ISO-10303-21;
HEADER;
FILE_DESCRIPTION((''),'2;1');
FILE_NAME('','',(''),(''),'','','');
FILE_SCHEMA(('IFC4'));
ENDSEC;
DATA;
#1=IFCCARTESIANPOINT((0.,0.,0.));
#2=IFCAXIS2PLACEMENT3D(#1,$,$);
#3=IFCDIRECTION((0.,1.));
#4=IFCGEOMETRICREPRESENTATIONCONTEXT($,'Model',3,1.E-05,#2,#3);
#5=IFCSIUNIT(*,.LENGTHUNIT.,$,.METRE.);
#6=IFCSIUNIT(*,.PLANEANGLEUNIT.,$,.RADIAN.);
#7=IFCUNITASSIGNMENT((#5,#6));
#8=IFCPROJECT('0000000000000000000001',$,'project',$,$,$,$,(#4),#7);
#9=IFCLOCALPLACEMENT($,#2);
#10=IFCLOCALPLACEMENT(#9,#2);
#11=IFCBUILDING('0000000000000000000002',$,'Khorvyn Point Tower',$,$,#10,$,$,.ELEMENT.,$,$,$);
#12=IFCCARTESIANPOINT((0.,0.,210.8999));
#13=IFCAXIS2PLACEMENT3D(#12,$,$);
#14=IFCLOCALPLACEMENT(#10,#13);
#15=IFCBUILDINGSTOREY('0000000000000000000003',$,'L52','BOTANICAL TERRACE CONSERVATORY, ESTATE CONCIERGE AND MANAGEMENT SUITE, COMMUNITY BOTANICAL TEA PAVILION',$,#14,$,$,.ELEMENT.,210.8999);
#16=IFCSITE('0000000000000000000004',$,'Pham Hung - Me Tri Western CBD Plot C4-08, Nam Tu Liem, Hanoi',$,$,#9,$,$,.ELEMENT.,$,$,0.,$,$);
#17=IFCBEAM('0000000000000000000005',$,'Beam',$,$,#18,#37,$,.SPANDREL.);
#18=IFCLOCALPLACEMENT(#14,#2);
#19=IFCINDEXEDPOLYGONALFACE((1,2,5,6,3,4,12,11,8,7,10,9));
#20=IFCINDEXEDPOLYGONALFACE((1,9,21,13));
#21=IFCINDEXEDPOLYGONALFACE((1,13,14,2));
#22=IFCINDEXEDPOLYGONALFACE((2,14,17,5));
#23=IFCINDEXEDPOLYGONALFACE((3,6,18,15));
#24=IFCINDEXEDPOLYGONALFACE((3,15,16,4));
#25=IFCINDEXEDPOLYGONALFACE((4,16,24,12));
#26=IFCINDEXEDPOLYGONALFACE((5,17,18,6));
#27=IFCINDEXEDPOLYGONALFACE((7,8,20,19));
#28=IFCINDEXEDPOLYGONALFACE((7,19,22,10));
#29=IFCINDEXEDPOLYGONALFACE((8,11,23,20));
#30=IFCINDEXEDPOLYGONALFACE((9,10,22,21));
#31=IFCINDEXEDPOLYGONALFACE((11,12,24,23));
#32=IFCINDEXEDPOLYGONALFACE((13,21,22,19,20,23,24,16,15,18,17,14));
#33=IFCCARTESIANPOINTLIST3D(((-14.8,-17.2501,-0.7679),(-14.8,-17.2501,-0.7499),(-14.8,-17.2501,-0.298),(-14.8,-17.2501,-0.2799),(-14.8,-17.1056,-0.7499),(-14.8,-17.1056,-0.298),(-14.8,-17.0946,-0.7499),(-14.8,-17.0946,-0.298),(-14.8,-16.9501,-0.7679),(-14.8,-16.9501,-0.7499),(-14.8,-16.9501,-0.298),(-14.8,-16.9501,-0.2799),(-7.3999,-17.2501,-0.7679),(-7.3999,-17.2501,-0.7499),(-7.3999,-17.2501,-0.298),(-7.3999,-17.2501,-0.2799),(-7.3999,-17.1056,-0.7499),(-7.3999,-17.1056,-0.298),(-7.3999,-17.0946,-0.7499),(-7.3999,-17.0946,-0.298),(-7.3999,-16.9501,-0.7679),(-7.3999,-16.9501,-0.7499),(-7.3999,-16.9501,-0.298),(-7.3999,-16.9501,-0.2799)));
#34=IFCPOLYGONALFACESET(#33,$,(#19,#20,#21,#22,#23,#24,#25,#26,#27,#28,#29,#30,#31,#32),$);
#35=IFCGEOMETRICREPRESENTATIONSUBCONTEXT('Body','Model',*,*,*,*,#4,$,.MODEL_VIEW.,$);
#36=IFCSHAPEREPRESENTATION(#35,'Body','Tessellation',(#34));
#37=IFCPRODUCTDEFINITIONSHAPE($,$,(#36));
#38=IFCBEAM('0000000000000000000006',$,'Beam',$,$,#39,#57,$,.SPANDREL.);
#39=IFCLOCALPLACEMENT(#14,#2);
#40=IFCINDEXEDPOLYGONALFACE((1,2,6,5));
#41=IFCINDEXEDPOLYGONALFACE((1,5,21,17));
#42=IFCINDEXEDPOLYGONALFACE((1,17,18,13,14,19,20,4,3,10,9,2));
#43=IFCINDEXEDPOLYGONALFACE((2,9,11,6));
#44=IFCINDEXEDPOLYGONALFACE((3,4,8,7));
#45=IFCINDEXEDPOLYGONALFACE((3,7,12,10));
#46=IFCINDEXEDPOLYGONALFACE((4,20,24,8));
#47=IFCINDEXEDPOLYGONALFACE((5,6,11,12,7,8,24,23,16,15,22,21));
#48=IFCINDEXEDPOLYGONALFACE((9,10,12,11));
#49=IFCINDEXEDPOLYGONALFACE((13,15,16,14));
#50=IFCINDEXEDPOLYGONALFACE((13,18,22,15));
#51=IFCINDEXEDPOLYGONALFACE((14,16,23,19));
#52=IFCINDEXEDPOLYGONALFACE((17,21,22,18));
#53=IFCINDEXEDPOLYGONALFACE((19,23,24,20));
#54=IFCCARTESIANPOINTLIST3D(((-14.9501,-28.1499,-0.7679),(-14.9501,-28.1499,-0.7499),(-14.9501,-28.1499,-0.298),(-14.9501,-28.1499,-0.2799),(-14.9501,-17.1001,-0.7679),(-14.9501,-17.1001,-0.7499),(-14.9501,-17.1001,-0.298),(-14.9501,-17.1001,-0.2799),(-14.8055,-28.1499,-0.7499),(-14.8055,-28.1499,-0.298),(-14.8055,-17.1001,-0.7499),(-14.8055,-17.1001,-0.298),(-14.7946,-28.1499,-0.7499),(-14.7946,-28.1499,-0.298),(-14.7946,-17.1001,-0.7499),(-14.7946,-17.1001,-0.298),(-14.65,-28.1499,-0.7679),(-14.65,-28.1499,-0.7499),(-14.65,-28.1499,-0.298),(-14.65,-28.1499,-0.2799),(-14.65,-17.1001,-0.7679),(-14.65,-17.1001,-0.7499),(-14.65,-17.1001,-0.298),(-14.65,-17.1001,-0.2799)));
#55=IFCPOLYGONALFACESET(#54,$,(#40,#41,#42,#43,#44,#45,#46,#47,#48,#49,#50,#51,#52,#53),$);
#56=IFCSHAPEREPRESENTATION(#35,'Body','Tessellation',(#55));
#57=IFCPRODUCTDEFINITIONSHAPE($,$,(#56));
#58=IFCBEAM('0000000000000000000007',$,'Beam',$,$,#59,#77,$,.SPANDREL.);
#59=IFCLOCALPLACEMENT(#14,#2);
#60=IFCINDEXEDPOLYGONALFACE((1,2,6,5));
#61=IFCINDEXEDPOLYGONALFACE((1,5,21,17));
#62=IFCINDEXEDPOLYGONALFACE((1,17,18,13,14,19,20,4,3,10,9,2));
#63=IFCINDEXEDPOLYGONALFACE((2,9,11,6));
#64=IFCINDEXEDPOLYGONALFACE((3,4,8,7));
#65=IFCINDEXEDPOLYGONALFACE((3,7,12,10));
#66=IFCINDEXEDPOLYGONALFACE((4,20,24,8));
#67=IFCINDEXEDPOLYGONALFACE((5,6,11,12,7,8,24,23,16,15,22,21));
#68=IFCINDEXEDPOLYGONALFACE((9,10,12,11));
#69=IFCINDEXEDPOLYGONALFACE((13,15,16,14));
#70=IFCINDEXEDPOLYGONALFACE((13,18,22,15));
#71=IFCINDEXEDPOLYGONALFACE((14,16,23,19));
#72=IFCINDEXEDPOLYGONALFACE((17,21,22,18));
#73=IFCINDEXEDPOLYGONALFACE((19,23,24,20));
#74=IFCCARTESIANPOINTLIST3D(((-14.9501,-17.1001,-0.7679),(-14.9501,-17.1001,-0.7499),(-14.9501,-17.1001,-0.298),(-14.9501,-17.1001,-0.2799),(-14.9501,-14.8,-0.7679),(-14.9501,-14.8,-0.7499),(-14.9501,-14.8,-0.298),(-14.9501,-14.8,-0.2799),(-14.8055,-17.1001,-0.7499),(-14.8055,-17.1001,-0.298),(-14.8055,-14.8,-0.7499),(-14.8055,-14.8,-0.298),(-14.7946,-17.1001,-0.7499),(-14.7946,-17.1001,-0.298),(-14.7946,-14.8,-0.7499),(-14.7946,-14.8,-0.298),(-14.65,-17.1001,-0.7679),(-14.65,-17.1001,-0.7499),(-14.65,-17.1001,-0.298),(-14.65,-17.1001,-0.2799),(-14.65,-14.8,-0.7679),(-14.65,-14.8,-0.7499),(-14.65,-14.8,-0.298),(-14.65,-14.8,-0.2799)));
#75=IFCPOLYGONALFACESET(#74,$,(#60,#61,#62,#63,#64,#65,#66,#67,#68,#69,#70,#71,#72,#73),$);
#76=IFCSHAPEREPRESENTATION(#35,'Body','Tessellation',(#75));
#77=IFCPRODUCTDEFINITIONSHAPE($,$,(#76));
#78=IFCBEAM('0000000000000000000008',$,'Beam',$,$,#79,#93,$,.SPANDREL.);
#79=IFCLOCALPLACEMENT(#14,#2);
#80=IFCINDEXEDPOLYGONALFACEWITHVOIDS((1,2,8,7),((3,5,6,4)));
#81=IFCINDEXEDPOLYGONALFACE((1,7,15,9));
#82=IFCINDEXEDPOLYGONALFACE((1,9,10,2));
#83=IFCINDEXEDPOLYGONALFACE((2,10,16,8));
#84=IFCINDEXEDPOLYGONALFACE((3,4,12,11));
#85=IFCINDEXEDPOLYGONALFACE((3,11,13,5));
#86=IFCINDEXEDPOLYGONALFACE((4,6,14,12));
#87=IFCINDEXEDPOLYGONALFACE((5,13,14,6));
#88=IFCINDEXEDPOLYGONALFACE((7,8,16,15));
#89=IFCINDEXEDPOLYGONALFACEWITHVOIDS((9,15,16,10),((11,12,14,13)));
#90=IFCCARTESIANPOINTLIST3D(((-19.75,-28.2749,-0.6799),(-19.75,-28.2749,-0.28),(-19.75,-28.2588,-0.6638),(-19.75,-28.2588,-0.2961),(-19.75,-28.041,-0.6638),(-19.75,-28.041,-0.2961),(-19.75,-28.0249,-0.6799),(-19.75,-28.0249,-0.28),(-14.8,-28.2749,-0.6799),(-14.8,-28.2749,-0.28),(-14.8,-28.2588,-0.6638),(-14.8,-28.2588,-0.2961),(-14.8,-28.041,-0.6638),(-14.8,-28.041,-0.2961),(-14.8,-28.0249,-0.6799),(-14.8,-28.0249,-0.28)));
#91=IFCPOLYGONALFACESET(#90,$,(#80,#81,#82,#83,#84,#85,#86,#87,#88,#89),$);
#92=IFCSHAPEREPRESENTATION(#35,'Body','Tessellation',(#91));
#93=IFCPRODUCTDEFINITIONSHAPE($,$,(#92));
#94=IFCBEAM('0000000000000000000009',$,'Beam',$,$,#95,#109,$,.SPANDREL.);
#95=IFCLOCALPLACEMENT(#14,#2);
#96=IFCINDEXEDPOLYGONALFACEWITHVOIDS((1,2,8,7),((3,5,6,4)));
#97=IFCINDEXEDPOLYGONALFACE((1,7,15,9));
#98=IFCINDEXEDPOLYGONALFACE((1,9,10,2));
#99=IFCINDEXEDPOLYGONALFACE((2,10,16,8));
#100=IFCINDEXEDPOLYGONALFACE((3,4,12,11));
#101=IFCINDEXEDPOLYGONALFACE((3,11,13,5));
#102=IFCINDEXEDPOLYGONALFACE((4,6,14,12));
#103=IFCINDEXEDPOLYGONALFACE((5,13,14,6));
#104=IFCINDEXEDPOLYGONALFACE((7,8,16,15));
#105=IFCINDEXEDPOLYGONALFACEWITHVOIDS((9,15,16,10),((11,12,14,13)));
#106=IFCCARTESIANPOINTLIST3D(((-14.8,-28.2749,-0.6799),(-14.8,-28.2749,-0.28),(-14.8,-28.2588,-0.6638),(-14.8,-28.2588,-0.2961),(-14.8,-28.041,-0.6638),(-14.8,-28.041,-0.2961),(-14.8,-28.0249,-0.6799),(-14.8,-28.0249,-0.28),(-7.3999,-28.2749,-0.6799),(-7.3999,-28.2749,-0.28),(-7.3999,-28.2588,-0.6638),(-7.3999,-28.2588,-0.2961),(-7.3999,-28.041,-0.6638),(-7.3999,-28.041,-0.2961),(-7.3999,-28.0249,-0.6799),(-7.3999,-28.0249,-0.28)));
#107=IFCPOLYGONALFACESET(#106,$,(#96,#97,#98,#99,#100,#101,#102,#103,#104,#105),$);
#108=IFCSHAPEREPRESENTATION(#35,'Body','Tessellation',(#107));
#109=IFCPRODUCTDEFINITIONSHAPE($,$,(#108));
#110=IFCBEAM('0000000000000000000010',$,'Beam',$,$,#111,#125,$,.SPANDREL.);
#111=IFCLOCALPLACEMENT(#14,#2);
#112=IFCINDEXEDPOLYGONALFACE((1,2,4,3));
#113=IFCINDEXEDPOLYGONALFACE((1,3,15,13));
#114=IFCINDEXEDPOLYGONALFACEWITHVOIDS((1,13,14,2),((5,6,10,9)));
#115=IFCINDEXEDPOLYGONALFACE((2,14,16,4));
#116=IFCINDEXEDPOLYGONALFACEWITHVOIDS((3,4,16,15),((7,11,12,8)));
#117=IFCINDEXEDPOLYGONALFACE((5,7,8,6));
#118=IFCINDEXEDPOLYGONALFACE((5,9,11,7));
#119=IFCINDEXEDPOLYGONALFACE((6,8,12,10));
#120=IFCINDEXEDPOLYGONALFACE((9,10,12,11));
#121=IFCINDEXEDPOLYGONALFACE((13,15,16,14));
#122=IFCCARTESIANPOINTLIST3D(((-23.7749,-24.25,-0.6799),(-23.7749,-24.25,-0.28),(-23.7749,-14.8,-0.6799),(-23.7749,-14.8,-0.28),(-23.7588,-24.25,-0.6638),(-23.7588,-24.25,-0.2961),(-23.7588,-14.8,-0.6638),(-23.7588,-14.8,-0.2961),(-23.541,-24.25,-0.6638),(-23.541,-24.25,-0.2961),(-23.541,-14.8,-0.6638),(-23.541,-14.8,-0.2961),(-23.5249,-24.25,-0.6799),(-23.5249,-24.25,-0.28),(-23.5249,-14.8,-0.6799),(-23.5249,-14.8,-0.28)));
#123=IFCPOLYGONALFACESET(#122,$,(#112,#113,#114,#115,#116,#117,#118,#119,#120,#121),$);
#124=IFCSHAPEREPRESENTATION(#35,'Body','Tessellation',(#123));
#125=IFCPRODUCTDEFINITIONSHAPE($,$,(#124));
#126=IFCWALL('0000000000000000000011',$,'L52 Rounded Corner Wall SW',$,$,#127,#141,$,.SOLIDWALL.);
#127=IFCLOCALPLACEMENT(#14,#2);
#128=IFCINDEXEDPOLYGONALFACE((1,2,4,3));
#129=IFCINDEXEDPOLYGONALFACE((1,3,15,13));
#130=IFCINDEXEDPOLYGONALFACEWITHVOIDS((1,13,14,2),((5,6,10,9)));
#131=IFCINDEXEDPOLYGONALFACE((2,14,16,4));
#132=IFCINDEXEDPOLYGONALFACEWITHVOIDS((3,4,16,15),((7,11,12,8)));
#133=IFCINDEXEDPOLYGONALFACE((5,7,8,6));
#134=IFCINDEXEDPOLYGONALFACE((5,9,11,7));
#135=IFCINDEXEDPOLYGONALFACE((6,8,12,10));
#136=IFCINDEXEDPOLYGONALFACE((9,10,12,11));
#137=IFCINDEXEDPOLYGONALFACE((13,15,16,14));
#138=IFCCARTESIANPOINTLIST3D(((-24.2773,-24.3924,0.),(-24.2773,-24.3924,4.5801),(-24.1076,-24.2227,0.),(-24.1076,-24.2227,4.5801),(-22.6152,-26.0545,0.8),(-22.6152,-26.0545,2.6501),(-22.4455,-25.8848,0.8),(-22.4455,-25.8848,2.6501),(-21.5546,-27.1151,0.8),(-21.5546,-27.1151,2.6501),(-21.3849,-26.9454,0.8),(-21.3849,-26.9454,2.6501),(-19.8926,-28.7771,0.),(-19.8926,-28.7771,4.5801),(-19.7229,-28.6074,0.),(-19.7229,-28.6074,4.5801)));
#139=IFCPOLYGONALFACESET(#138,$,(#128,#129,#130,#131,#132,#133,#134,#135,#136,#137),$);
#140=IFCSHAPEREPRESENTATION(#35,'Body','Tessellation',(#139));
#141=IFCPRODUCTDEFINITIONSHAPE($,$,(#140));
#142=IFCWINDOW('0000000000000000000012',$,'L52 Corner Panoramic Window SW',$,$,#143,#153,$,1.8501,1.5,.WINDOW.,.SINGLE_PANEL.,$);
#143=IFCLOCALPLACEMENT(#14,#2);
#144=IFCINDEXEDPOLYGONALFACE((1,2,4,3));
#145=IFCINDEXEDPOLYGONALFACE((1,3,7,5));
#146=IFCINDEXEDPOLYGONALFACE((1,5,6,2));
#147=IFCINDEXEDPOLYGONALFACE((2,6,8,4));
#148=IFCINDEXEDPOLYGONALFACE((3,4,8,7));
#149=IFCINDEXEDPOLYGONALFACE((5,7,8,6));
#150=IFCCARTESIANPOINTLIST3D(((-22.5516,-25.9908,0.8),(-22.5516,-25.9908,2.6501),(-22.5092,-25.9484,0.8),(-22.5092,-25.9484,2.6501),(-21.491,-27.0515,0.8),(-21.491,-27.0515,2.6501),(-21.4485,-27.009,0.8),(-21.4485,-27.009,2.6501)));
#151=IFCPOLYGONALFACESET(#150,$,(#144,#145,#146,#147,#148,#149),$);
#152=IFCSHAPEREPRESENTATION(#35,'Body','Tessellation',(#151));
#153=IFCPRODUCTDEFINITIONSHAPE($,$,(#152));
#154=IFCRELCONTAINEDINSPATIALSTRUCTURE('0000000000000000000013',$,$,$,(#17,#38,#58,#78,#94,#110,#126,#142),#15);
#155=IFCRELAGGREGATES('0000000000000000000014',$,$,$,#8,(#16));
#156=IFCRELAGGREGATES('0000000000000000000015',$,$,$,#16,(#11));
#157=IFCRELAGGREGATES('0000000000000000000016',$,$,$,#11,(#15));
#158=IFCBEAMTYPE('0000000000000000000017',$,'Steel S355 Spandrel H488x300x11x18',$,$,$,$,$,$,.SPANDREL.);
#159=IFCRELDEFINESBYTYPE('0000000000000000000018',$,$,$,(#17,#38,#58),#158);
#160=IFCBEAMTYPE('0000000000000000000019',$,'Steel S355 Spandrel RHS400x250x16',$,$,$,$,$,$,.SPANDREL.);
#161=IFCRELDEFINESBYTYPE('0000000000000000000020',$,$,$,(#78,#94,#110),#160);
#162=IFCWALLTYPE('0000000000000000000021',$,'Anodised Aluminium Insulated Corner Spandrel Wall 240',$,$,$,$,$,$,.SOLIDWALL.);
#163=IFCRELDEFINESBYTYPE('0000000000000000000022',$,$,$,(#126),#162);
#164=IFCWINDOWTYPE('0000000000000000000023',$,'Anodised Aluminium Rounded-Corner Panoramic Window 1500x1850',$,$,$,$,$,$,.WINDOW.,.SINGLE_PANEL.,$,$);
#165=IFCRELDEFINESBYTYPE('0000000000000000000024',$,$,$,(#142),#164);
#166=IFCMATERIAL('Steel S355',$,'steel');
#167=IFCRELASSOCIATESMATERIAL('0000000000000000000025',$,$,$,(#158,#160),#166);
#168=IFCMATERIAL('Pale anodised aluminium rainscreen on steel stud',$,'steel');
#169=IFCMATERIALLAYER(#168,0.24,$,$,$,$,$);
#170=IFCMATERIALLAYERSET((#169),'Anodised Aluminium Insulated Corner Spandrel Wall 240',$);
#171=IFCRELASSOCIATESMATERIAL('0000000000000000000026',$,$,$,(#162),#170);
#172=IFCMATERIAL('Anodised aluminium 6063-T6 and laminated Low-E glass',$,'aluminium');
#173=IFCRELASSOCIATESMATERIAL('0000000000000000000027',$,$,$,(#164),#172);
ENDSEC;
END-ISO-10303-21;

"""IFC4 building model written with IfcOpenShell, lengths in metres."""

from ifc_helpers import new_model, si_unit, direction, frame, frame_2d, origin, origin_2d, place, context, subcontext, project, spatial, rectangle, hollow_rectangle, i_section, extrude, material, layer, layer_set, material_profile, profile_set, type_object, element, fill, save


model = new_model("IFC4")

# Units and contexts
model_context = context("Model", 3, precision=1e-05, world=origin(), true_north=direction((0.0, 1.0)))
body_context = subcontext(model_context, "Body", "Model", "MODEL_VIEW")
ifc_project = project(units=[si_unit("LENGTHUNIT", "METRE"), si_unit("PLANEANGLEUNIT", "RADIAN")], contexts=[model_context])

# Site, building, storey
site_placement = place(None, origin())
site = spatial("IfcSite", under=ifc_project, at=site_placement, Name="Pham Hung - Me Tri Western CBD Plot C4-08, Nam Tu Liem, Hanoi", CompositionType="ELEMENT", RefElevation=0.0)
building_placement = place(site_placement, origin())
building = spatial("IfcBuilding", under=site, at=building_placement, Name="Khorvyn Point Tower", CompositionType="ELEMENT")
storey_placement = place(building_placement, frame((0.0, 0.0, 210.8999)))
storey = spatial("IfcBuildingStorey", under=building, at=storey_placement, Name="L52", Description="BOTANICAL TERRACE CONSERVATORY, ESTATE CONCIERGE AND MANAGEMENT SUITE, COMMUNITY BOTANICAL TEA PAVILION", CompositionType="ELEMENT", Elevation=210.8999)

# Shared definitions
ifc_material_1 = material(Name="Anodised aluminium 6063-T6 and laminated Low-E glass", Category="aluminium")

# Beams
ifc_material_2 = material(Name="Steel S355", Category="steel")
ifc_material_profile_1 = material_profile(ifc_material_2, i_section(OverallWidth=0.3, OverallDepth=0.488, WebThickness=0.011, FlangeThickness=0.0181, at=origin_2d()))
ifc_profile_set_1 = profile_set([ifc_material_profile_1], Name="Steel S355 H488x300x11x18")
beam_type_1 = type_object("IfcBeamType", Name="Steel S355 Spandrel H488x300x11x18", PredefinedType="SPANDREL", material=ifc_profile_set_1)
beam_1_placement = place(storey_placement, frame((-14.8, -17.1001, -0.5239), z_axis=(1.0, 0.0, 0.0), x_axis=(0.0, 1.0, 0.0)))
element("IfcBeam", 1, at=beam_1_placement, inside=storey, type_object=beam_type_1, Name="Beam", PredefinedType="SPANDREL", context=body_context, shape_type="SweptSolid", body=[
    extrude(i_section(OverallWidth=0.3, OverallDepth=0.488, WebThickness=0.011, FlangeThickness=0.0181, at=origin_2d()), origin(), (0.0, 0.0, 1.0), 7.4001),
])
beam_2_placement = place(storey_placement, frame((-14.8, -28.1499, -0.5239), z_axis=(0.0, 1.0, 0.0), x_axis=(-1.0, 0.0, 0.0)))
element("IfcBeam", 2, at=beam_2_placement, inside=storey, type_object=beam_type_1, Name="Beam", PredefinedType="SPANDREL", context=body_context, shape_type="SweptSolid", body=[
    extrude(i_section(OverallWidth=0.3, OverallDepth=0.488, WebThickness=0.011, FlangeThickness=0.0181, at=origin_2d()), origin(), (0.0, 0.0, 1.0), 11.0498),
])
beam_3_placement = place(storey_placement, frame((-14.8, -17.1001, -0.5239), z_axis=(0.0, 1.0, 0.0), x_axis=(-1.0, 0.0, 0.0)))
element("IfcBeam", 3, at=beam_3_placement, inside=storey, type_object=beam_type_1, Name="Beam", PredefinedType="SPANDREL", context=body_context, shape_type="SweptSolid", body=[
    extrude(i_section(OverallWidth=0.3, OverallDepth=0.488, WebThickness=0.011, FlangeThickness=0.0181, at=origin_2d()), origin(), (0.0, 0.0, 1.0), 2.3),
])
ifc_material_profile_2 = material_profile(ifc_material_2, hollow_rectangle(XDim=0.25, YDim=0.3999, WallThickness=0.0161, at=origin_2d()))
ifc_profile_set_2 = profile_set([ifc_material_profile_2], Name="Steel S355 RHS400x250x16")
beam_type_2 = type_object("IfcBeamType", Name="Steel S355 Spandrel RHS400x250x16", PredefinedType="SPANDREL", material=ifc_profile_set_2)
beam_4_placement = place(storey_placement, frame((-19.75, -28.1499, -0.48), z_axis=(1.0, 0.0, 0.0), x_axis=(0.0, 1.0, 0.0)))
element("IfcBeam", 4, at=beam_4_placement, inside=storey, type_object=beam_type_2, Name="Beam", PredefinedType="SPANDREL", context=body_context, shape_type="SweptSolid", body=[
    extrude(hollow_rectangle(XDim=0.25, YDim=0.3999, WallThickness=0.0161, at=origin_2d()), origin(), (0.0, 0.0, 1.0), 4.95),
])
beam_5_placement = place(storey_placement, frame((-14.8, -28.1499, -0.48), z_axis=(1.0, 0.0, 0.0), x_axis=(0.0, 1.0, 0.0)))
element("IfcBeam", 5, at=beam_5_placement, inside=storey, type_object=beam_type_2, Name="Beam", PredefinedType="SPANDREL", context=body_context, shape_type="SweptSolid", body=[
    extrude(hollow_rectangle(XDim=0.25, YDim=0.3999, WallThickness=0.0161, at=origin_2d()), origin(), (0.0, 0.0, 1.0), 7.4001),
])
beam_6_placement = place(storey_placement, frame((-23.6499, -24.25, -0.48), z_axis=(0.0, 1.0, 0.0), x_axis=(-1.0, 0.0, 0.0)))
element("IfcBeam", 6, at=beam_6_placement, inside=storey, type_object=beam_type_2, Name="Beam", PredefinedType="SPANDREL", context=body_context, shape_type="SweptSolid", body=[
    extrude(hollow_rectangle(XDim=0.25, YDim=0.3999, WallThickness=0.0161, at=origin_2d()), origin(), (0.0, 0.0, 1.0), 9.45),
])

# Wall, opening, window
ifc_material_3 = material(Name="Pale anodised aluminium rainscreen on steel stud", Category="steel")
ifc_layer_1 = layer(ifc_material_3, 0.24)
ifc_layer_set_1 = layer_set([ifc_layer_1], Name="Anodised Aluminium Insulated Corner Spandrel Wall 240")
wall_type = type_object("IfcWallType", Name="Anodised Aluminium Insulated Corner Spandrel Wall 240", PredefinedType="SOLIDWALL", material=ifc_layer_set_1)
wall_placement = place(storey_placement, frame((-19.8076, -28.6924, 0.0), z_axis=(0.0, 0.0, 1.0), x_axis=(-0.707107, 0.707107, 0.0)))
wall = element("IfcWall", 7, at=wall_placement, inside=storey, type_object=wall_type, Name="L52 Rounded Corner Wall SW", PredefinedType="SOLIDWALL", context=body_context, shape_type="SweptSolid", body=[
    extrude(rectangle(XDim=6.2009, YDim=0.24, at=frame_2d((3.1006, 0.0))), origin(), (0.0, 0.0, 1.0), 4.5801),
])
opening_placement = place(wall_placement, frame((2.3506, 0.0, 0.8)))
opening = element("IfcOpeningElement", 8, at=opening_placement, cuts=wall, PredefinedType="OPENING", context=body_context, shape_type="SweptSolid", body=[
    extrude(rectangle(XDim=1.5, YDim=1.8501, at=frame_2d((0.75, 0.925))), frame((0.0, 0.1299, 0.0), z_axis=(0.0, -1.0, 0.0), x_axis=(1.0, 0.0, 0.0)), (0.0, 0.0, 1.0), 0.26),
])
window_type = type_object("IfcWindowType", Name="Anodised Aluminium Rounded-Corner Panoramic Window 1500x1850", PartitioningType="SINGLE_PANEL", PredefinedType="WINDOW", material=ifc_material_1)
window_placement = place(opening_placement, origin())
window = element("IfcWindow", 9, at=window_placement, inside=storey, type_object=window_type, Name="L52 Corner Panoramic Window SW", OverallHeight=1.8501, OverallWidth=1.5, PartitioningType="SINGLE_PANEL", PredefinedType="WINDOW", context=body_context, shape_type="SweptSolid", body=[
    extrude(rectangle(XDim=1.5, YDim=1.8501, at=frame_2d((0.75, 0.925))), frame((0.0, 0.03, 0.0), z_axis=(0.0, -1.0, 0.0), x_axis=(1.0, 0.0, 0.0)), (0.0, 0.0, 1.0), 0.0601),
])
fill(opening, window)

save(model, "model.ifc")
